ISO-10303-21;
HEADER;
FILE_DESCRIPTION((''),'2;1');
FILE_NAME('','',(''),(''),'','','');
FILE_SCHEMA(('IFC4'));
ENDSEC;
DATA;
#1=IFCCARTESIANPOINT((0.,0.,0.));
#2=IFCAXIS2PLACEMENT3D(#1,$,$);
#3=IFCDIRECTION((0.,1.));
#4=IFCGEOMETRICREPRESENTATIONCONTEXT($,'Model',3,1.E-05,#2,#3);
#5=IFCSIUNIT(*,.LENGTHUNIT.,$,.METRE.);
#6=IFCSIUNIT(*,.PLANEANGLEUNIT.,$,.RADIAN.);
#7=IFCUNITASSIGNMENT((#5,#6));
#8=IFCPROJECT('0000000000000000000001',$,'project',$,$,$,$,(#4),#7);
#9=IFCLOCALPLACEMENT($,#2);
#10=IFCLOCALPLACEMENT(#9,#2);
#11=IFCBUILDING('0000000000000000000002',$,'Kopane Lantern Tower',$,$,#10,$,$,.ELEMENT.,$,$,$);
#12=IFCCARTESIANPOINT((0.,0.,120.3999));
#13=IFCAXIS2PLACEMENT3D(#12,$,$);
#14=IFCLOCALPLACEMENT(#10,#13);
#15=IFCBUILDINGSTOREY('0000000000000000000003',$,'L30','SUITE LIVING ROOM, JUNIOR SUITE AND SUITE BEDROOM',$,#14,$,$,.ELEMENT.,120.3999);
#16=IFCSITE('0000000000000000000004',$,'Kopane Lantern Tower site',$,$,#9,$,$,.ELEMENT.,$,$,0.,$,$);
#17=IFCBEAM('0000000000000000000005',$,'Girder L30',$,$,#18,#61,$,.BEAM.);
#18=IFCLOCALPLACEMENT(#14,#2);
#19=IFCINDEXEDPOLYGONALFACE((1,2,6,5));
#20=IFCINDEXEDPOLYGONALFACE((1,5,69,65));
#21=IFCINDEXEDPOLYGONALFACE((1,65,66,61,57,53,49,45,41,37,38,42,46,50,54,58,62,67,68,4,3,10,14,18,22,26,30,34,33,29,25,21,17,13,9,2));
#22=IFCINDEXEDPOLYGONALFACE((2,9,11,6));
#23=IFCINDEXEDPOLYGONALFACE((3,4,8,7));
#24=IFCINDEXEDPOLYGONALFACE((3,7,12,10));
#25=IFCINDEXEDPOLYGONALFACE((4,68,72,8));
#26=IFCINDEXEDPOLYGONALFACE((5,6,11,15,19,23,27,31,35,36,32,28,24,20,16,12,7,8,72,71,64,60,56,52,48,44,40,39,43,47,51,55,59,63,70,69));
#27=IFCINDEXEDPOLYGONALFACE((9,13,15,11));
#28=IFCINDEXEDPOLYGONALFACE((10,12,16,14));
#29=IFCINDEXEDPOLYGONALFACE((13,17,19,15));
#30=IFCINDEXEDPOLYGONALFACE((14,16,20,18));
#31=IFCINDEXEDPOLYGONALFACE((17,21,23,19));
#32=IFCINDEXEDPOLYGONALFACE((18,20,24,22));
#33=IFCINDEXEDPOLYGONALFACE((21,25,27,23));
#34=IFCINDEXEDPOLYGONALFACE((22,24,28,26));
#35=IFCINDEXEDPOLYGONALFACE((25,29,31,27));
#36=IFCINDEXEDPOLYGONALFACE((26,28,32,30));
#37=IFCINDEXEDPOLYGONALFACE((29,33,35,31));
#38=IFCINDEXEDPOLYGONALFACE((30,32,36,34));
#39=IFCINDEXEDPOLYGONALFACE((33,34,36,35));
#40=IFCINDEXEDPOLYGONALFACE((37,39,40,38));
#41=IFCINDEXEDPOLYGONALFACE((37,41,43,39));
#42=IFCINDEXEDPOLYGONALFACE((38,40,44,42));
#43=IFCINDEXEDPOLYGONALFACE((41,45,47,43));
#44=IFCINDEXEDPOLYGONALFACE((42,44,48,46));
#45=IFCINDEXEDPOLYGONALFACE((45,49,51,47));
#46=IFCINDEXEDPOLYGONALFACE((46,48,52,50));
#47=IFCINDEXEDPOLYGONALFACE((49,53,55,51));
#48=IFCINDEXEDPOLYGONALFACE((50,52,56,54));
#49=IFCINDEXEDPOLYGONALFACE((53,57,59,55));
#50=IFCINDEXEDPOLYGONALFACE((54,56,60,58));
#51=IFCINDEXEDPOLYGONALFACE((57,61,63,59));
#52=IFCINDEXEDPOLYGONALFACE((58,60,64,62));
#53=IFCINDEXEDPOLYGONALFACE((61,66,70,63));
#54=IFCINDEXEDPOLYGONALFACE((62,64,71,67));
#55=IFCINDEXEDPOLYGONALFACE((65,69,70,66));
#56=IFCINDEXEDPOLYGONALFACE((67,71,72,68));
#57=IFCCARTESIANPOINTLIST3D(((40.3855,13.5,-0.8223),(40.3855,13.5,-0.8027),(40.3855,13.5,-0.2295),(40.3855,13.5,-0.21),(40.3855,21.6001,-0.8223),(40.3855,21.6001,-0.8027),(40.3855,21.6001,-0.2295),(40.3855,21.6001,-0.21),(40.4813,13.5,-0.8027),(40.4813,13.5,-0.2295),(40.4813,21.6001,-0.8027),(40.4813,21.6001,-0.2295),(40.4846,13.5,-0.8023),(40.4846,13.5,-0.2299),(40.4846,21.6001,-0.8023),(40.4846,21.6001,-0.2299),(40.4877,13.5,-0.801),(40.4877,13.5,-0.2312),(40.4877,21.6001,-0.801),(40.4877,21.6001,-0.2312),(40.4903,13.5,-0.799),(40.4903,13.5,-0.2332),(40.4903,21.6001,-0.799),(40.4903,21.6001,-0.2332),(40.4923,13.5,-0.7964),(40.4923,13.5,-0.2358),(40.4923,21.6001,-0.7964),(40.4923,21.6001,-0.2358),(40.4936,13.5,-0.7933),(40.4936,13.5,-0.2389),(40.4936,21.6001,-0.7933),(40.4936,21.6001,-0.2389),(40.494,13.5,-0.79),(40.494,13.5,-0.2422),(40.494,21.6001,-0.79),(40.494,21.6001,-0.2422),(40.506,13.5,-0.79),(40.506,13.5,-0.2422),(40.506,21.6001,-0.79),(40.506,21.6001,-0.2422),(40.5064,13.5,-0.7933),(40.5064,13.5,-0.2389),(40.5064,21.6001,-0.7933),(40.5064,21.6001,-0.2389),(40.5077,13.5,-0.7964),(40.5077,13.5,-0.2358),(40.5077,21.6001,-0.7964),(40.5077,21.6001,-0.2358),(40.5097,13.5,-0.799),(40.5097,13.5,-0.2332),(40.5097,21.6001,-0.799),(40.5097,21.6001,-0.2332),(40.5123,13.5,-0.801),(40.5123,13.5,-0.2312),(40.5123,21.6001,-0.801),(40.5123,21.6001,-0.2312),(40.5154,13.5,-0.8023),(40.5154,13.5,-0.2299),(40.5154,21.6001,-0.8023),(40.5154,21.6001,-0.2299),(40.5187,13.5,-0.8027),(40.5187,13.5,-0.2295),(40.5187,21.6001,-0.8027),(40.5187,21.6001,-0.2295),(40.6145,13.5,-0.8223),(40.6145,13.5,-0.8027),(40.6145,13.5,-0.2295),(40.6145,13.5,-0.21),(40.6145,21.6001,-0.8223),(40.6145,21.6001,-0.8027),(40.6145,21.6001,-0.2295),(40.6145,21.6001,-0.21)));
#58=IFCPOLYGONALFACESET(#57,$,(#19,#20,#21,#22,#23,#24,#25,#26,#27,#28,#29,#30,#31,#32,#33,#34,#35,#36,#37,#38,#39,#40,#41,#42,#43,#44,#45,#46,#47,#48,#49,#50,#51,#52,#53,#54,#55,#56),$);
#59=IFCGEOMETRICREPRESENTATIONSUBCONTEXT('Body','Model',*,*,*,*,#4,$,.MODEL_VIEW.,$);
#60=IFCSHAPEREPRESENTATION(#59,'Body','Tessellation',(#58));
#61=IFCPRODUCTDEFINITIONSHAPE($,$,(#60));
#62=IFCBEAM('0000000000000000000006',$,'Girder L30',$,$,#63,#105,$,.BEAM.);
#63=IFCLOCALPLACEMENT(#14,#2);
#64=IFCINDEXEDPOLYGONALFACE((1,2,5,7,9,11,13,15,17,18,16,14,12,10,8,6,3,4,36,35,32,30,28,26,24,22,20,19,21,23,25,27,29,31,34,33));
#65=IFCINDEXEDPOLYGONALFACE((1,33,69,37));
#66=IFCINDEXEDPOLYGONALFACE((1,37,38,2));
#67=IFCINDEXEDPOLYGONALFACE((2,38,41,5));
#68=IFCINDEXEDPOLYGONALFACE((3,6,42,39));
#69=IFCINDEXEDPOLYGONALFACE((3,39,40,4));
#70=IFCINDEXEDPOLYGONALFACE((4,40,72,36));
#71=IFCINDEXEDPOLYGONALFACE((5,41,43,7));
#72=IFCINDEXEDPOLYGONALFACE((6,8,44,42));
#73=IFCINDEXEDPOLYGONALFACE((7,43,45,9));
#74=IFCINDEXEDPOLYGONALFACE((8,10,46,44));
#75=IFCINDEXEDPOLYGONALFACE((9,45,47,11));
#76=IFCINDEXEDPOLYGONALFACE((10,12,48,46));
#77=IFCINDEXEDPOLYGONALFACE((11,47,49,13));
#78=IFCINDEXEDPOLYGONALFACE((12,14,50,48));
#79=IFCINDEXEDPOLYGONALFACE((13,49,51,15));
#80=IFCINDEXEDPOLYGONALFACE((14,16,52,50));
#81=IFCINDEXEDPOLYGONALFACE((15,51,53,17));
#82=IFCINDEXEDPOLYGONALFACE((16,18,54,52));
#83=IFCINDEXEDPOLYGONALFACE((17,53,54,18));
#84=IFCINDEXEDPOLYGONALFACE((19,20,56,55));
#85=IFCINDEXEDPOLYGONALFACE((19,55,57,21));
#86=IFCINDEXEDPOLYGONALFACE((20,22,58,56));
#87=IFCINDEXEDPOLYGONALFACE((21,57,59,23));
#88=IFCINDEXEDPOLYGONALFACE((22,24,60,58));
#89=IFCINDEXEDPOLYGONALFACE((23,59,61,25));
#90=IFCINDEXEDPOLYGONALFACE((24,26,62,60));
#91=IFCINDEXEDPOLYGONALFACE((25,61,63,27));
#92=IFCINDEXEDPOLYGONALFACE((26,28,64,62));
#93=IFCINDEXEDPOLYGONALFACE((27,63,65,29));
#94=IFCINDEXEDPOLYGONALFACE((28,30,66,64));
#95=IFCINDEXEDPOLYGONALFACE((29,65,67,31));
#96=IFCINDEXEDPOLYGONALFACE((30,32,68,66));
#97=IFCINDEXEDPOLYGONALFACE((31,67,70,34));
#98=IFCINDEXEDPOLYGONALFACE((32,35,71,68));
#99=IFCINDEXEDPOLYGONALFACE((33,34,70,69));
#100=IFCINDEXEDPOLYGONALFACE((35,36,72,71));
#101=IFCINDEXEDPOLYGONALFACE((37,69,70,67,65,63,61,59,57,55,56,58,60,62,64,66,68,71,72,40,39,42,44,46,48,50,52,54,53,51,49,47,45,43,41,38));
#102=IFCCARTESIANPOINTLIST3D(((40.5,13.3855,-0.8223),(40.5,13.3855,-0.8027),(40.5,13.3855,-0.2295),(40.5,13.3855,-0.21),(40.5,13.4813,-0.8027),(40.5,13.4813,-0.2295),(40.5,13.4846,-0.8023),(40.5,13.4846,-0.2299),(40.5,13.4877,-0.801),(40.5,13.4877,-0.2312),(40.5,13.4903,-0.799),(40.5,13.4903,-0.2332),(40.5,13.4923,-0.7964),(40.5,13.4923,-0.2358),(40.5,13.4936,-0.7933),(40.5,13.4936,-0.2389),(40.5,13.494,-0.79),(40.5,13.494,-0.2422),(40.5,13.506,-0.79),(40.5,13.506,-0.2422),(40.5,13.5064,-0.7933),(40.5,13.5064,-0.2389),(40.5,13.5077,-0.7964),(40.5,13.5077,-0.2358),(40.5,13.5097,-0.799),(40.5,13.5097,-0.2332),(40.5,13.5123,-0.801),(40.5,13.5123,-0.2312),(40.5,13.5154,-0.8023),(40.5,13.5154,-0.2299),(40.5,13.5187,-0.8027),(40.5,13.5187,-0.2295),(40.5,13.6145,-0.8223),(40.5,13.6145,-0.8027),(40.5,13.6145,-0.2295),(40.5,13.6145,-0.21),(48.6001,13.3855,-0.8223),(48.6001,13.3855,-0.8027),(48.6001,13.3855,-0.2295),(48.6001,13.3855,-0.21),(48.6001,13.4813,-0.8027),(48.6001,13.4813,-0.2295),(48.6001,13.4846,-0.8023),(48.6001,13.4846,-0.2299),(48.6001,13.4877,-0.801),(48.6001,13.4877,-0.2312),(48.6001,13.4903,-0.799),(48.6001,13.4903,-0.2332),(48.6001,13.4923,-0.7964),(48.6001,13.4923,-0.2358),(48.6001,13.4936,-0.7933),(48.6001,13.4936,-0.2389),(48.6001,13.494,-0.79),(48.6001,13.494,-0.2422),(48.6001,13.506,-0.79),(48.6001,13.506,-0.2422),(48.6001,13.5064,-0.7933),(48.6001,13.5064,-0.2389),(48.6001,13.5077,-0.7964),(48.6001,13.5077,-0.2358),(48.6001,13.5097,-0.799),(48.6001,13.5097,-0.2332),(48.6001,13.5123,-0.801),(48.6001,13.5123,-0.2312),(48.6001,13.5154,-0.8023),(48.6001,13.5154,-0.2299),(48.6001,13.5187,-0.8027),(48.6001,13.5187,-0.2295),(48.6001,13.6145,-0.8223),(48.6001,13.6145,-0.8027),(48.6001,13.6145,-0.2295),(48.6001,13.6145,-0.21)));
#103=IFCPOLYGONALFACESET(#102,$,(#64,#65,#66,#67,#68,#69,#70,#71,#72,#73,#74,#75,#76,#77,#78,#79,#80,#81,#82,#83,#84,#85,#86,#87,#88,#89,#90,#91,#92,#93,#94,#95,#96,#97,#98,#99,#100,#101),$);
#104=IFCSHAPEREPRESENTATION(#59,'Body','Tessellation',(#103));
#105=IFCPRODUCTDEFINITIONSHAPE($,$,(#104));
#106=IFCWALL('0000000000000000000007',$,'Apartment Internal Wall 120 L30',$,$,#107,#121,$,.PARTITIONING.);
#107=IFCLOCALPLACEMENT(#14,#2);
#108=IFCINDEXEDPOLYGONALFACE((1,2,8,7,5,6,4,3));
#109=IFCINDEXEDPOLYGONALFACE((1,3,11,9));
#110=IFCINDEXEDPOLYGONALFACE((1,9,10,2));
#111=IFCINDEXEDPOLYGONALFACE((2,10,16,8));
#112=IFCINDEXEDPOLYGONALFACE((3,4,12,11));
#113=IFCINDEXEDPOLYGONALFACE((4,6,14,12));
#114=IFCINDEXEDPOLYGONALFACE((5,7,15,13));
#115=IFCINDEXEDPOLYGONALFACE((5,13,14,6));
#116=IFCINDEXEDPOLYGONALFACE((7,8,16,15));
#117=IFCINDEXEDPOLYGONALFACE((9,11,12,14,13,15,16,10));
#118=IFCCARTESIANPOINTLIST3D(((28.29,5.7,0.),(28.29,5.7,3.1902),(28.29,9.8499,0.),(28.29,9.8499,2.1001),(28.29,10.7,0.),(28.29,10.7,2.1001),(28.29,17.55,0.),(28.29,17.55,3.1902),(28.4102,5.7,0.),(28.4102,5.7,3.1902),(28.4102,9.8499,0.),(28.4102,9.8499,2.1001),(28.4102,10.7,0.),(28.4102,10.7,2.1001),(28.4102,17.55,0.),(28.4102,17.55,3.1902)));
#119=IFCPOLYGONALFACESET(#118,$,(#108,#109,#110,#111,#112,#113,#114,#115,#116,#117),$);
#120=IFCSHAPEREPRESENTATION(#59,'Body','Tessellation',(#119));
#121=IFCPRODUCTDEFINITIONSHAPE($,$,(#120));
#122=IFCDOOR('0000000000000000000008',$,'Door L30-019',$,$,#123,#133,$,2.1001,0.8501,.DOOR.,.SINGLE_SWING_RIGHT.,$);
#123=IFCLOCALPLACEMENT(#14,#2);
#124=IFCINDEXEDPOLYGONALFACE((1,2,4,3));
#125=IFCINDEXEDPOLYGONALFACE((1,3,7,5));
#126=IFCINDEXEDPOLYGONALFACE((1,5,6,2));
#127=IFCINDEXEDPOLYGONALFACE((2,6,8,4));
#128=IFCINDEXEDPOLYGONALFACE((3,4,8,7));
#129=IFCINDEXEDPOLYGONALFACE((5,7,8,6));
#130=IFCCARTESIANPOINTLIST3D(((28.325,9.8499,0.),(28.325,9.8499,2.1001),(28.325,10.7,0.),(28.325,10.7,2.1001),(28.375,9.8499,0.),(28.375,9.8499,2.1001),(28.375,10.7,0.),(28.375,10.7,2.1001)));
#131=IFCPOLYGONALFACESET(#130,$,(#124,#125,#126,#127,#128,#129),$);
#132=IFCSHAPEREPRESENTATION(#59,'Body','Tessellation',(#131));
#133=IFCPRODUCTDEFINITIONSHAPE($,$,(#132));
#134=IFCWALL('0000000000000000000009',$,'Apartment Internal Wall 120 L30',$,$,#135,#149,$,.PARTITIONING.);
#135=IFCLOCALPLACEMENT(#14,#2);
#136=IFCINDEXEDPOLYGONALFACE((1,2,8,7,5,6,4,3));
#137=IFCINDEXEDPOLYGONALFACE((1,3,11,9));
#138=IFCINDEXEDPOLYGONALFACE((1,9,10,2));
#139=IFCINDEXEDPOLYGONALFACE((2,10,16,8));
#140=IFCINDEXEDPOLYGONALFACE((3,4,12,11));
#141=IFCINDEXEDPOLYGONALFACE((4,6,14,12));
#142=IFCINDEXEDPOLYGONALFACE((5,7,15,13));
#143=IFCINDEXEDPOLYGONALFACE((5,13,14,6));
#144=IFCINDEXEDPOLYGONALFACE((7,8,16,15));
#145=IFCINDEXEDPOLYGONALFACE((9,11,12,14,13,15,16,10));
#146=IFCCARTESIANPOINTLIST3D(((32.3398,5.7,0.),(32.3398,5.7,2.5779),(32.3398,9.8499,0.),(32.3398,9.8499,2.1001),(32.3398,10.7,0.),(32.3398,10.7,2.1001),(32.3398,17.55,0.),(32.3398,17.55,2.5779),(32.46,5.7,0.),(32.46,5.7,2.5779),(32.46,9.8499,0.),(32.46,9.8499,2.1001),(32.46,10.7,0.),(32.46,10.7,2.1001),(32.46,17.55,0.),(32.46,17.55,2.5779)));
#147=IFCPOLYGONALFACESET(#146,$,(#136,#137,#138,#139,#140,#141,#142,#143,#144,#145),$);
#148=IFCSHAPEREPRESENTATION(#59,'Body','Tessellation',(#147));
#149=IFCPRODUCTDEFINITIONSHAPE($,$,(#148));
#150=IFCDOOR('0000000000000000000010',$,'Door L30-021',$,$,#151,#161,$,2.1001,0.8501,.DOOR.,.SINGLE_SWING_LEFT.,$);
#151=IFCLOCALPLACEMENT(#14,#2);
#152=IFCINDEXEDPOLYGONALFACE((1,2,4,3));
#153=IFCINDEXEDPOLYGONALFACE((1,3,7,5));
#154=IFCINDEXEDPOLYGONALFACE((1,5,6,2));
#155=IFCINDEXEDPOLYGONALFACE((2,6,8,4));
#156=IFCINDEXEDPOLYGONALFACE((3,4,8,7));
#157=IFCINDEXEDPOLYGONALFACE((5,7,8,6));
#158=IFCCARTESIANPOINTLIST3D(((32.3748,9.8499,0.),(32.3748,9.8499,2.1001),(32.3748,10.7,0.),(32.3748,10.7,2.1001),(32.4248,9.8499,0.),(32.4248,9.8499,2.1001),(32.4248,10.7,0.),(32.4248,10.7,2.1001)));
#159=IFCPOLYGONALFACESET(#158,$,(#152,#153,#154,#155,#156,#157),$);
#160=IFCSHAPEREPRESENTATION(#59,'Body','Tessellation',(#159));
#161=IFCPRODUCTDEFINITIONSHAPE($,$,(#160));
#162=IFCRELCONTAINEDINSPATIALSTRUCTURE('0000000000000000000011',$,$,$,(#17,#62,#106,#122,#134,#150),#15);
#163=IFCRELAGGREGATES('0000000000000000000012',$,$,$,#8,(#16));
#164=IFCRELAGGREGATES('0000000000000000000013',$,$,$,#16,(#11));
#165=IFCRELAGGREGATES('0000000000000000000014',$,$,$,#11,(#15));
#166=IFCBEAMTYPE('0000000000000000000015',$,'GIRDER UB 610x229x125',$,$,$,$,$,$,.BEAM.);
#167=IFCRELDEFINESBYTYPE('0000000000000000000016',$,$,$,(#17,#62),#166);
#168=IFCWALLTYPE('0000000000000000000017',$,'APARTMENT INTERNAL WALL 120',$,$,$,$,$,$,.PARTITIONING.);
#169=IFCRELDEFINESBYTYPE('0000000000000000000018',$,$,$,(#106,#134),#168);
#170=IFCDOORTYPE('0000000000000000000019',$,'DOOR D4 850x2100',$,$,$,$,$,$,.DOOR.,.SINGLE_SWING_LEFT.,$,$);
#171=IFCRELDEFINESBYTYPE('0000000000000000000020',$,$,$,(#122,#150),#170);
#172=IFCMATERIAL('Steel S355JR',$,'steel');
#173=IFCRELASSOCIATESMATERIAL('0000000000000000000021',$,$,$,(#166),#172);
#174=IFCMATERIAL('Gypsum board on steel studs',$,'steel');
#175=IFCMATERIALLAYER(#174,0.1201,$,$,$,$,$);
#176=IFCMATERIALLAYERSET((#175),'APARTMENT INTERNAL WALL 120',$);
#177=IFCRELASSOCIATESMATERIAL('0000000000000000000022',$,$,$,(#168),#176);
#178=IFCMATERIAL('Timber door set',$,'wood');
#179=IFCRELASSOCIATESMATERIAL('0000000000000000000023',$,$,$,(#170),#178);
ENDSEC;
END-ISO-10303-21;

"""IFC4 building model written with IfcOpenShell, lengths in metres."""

from ifc_helpers import new_model, si_unit, direction, frame, frame_2d, origin, origin_2d, place, context, subcontext, project, spatial, rectangle, i_section, extrude, material, layer, layer_set, material_profile, profile_set, type_object, element, fill, save


model = new_model("IFC4")

# Units and contexts
model_context = context("Model", 3, precision=1e-05, world=origin(), true_north=direction((0.0, 1.0)))
body_context = subcontext(model_context, "Body", "Model", "MODEL_VIEW")
ifc_project = project(units=[si_unit("LENGTHUNIT", "METRE"), si_unit("PLANEANGLEUNIT", "RADIAN")], contexts=[model_context])

# Site, building, storey
site_placement = place(None, origin())
site = spatial("IfcSite", under=ifc_project, at=site_placement, Name="Kopane Lantern Tower site", CompositionType="ELEMENT", RefElevation=0.0)
building_placement = place(site_placement, origin())
building = spatial("IfcBuilding", under=site, at=building_placement, Name="Kopane Lantern Tower", CompositionType="ELEMENT")
storey_placement = place(building_placement, frame((0.0, 0.0, 120.3999)))
storey = spatial("IfcBuildingStorey", under=building, at=storey_placement, Name="L30", Description="SUITE LIVING ROOM, JUNIOR SUITE AND SUITE BEDROOM", CompositionType="ELEMENT", Elevation=120.3999)

# Beams
ifc_material_1 = material(Name="Steel S355JR", Category="steel")
ifc_material_profile_1 = material_profile(ifc_material_1, i_section(OverallWidth=0.229, OverallDepth=0.6123, WebThickness=0.012, FlangeThickness=0.0195, FilletRadius=0.0127, at=origin_2d()), Name="UB 610x229x125")
ifc_profile_set_1 = profile_set([ifc_material_profile_1], Name="Steel S355JR")
beam_type = type_object("IfcBeamType", Name="GIRDER UB 610x229x125", PredefinedType="BEAM", material=ifc_profile_set_1)
for number, where, z_axis, x_axis, name in (
    (1, (40.5, 13.5, -0.5161), (0.0, 1.0, 0.0), (-1.0, 0.0, 0.0), "Girder L30"),
    (2, (40.5, 13.5, -0.5161), (1.0, 0.0, 0.0), (0.0, 1.0, 0.0), "Girder L30"),
):
    element("IfcBeam", number, at=place(storey_placement, frame(where, z_axis=z_axis, x_axis=x_axis)), inside=storey, type_object=beam_type, Name=name, PredefinedType="BEAM", context=body_context, shape_type="SweptSolid", body=[
        extrude(i_section(OverallWidth=0.229, OverallDepth=0.6123, WebThickness=0.012, FlangeThickness=0.0195, FilletRadius=0.0127, at=origin_2d()), origin(), (0.0, 0.0, 1.0), 8.1001),
    ])

# Walls, openings, doors
ifc_material_2 = material(Name="Gypsum board on steel studs", Category="steel")
ifc_layer_1 = layer(ifc_material_2, 0.1201)
ifc_layer_set_1 = layer_set([ifc_layer_1], Name="APARTMENT INTERNAL WALL 120")
wall_type_1 = type_object("IfcWallType", Name="APARTMENT INTERNAL WALL 120", PredefinedType="PARTITIONING", material=ifc_layer_set_1)
wall_1_placement = place(storey_placement, frame((28.3501, 17.55, 0.0), z_axis=(0.0, 0.0, 1.0), x_axis=(0.0, -1.0, 0.0)))
wall_1 = element("IfcWall", 3, at=wall_1_placement, inside=storey, type_object=wall_type_1, Name="Apartment Internal Wall 120 L30", PredefinedType="PARTITIONING", context=body_context, shape_type="SweptSolid", body=[
    extrude(rectangle(XDim=11.8501, YDim=0.1201, at=frame_2d((5.925, 0.0))), origin(), (0.0, 0.0, 1.0), 3.1902),
])
opening_1_placement = place(wall_1_placement, frame((6.8501, 0.0, 0.0)))
opening_1 = element("IfcOpeningElement", 4, at=opening_1_placement, cuts=wall_1, PredefinedType="OPENING", context=body_context, shape_type="SweptSolid", body=[
    extrude(rectangle(XDim=0.8501, YDim=2.1001, at=frame_2d((0.425, 1.05))), frame((0.0, 0.0701, 0.0), z_axis=(0.0, -1.0, 0.0), x_axis=(1.0, 0.0, 0.0)), (0.0, 0.0, 1.0), 0.1401),
])
ifc_material_3 = material(Name="Timber door set", Category="wood")
door_type_1 = type_object("IfcDoorType", Name="DOOR D4 850x2100", OperationType="SINGLE_SWING_LEFT", PredefinedType="DOOR", material=ifc_material_3)
door_1_placement = place(opening_1_placement, origin())
door_1 = element("IfcDoor", 5, at=door_1_placement, inside=storey, type_object=door_type_1, Name="Door L30-019", OperationType="SINGLE_SWING_RIGHT", OverallHeight=2.1001, OverallWidth=0.8501, PredefinedType="DOOR", context=body_context, shape_type="SweptSolid", body=[
    extrude(rectangle(XDim=0.8501, YDim=2.1001, at=frame_2d((0.425, 1.05))), frame((0.0, 0.0249, 0.0), z_axis=(0.0, -1.0, 0.0), x_axis=(1.0, 0.0, 0.0)), (0.0, 0.0, 1.0), 0.05),
])
fill(opening_1, door_1)
wall_2_placement = place(storey_placement, frame((32.3999, 17.55, 0.0), z_axis=(0.0, 0.0, 1.0), x_axis=(0.0, -1.0, 0.0)))
wall_2 = element("IfcWall", 6, at=wall_2_placement, inside=storey, type_object=wall_type_1, Name="Apartment Internal Wall 120 L30", PredefinedType="PARTITIONING", context=body_context, shape_type="SweptSolid", body=[
    extrude(rectangle(XDim=11.8501, YDim=0.1201, at=frame_2d((5.925, 0.0))), origin(), (0.0, 0.0, 1.0), 2.5779),
])
opening_2_placement = place(wall_2_placement, frame((6.8501, 0.0, 0.0)))
opening_2 = element("IfcOpeningElement", 7, at=opening_2_placement, cuts=wall_2, PredefinedType="OPENING", context=body_context, shape_type="SweptSolid", body=[
    extrude(rectangle(XDim=0.8501, YDim=2.1001, at=frame_2d((0.425, 1.05))), frame((0.0, 0.0701, 0.0), z_axis=(0.0, -1.0, 0.0), x_axis=(1.0, 0.0, 0.0)), (0.0, 0.0, 1.0), 0.1401),
])
door_2_placement = place(opening_2_placement, origin())
door_2 = element("IfcDoor", 8, at=door_2_placement, inside=storey, type_object=door_type_1, Name="Door L30-021", OperationType="SINGLE_SWING_LEFT", OverallHeight=2.1001, OverallWidth=0.8501, PredefinedType="DOOR", context=body_context, shape_type="SweptSolid", body=[
    extrude(rectangle(XDim=0.8501, YDim=2.1001, at=frame_2d((0.425, 1.05))), frame((0.0, 0.0249, 0.0), z_axis=(0.0, -1.0, 0.0), x_axis=(1.0, 0.0, 0.0)), (0.0, 0.0, 1.0), 0.05),
])
fill(opening_2, door_2)

save(model, "model.ifc")
